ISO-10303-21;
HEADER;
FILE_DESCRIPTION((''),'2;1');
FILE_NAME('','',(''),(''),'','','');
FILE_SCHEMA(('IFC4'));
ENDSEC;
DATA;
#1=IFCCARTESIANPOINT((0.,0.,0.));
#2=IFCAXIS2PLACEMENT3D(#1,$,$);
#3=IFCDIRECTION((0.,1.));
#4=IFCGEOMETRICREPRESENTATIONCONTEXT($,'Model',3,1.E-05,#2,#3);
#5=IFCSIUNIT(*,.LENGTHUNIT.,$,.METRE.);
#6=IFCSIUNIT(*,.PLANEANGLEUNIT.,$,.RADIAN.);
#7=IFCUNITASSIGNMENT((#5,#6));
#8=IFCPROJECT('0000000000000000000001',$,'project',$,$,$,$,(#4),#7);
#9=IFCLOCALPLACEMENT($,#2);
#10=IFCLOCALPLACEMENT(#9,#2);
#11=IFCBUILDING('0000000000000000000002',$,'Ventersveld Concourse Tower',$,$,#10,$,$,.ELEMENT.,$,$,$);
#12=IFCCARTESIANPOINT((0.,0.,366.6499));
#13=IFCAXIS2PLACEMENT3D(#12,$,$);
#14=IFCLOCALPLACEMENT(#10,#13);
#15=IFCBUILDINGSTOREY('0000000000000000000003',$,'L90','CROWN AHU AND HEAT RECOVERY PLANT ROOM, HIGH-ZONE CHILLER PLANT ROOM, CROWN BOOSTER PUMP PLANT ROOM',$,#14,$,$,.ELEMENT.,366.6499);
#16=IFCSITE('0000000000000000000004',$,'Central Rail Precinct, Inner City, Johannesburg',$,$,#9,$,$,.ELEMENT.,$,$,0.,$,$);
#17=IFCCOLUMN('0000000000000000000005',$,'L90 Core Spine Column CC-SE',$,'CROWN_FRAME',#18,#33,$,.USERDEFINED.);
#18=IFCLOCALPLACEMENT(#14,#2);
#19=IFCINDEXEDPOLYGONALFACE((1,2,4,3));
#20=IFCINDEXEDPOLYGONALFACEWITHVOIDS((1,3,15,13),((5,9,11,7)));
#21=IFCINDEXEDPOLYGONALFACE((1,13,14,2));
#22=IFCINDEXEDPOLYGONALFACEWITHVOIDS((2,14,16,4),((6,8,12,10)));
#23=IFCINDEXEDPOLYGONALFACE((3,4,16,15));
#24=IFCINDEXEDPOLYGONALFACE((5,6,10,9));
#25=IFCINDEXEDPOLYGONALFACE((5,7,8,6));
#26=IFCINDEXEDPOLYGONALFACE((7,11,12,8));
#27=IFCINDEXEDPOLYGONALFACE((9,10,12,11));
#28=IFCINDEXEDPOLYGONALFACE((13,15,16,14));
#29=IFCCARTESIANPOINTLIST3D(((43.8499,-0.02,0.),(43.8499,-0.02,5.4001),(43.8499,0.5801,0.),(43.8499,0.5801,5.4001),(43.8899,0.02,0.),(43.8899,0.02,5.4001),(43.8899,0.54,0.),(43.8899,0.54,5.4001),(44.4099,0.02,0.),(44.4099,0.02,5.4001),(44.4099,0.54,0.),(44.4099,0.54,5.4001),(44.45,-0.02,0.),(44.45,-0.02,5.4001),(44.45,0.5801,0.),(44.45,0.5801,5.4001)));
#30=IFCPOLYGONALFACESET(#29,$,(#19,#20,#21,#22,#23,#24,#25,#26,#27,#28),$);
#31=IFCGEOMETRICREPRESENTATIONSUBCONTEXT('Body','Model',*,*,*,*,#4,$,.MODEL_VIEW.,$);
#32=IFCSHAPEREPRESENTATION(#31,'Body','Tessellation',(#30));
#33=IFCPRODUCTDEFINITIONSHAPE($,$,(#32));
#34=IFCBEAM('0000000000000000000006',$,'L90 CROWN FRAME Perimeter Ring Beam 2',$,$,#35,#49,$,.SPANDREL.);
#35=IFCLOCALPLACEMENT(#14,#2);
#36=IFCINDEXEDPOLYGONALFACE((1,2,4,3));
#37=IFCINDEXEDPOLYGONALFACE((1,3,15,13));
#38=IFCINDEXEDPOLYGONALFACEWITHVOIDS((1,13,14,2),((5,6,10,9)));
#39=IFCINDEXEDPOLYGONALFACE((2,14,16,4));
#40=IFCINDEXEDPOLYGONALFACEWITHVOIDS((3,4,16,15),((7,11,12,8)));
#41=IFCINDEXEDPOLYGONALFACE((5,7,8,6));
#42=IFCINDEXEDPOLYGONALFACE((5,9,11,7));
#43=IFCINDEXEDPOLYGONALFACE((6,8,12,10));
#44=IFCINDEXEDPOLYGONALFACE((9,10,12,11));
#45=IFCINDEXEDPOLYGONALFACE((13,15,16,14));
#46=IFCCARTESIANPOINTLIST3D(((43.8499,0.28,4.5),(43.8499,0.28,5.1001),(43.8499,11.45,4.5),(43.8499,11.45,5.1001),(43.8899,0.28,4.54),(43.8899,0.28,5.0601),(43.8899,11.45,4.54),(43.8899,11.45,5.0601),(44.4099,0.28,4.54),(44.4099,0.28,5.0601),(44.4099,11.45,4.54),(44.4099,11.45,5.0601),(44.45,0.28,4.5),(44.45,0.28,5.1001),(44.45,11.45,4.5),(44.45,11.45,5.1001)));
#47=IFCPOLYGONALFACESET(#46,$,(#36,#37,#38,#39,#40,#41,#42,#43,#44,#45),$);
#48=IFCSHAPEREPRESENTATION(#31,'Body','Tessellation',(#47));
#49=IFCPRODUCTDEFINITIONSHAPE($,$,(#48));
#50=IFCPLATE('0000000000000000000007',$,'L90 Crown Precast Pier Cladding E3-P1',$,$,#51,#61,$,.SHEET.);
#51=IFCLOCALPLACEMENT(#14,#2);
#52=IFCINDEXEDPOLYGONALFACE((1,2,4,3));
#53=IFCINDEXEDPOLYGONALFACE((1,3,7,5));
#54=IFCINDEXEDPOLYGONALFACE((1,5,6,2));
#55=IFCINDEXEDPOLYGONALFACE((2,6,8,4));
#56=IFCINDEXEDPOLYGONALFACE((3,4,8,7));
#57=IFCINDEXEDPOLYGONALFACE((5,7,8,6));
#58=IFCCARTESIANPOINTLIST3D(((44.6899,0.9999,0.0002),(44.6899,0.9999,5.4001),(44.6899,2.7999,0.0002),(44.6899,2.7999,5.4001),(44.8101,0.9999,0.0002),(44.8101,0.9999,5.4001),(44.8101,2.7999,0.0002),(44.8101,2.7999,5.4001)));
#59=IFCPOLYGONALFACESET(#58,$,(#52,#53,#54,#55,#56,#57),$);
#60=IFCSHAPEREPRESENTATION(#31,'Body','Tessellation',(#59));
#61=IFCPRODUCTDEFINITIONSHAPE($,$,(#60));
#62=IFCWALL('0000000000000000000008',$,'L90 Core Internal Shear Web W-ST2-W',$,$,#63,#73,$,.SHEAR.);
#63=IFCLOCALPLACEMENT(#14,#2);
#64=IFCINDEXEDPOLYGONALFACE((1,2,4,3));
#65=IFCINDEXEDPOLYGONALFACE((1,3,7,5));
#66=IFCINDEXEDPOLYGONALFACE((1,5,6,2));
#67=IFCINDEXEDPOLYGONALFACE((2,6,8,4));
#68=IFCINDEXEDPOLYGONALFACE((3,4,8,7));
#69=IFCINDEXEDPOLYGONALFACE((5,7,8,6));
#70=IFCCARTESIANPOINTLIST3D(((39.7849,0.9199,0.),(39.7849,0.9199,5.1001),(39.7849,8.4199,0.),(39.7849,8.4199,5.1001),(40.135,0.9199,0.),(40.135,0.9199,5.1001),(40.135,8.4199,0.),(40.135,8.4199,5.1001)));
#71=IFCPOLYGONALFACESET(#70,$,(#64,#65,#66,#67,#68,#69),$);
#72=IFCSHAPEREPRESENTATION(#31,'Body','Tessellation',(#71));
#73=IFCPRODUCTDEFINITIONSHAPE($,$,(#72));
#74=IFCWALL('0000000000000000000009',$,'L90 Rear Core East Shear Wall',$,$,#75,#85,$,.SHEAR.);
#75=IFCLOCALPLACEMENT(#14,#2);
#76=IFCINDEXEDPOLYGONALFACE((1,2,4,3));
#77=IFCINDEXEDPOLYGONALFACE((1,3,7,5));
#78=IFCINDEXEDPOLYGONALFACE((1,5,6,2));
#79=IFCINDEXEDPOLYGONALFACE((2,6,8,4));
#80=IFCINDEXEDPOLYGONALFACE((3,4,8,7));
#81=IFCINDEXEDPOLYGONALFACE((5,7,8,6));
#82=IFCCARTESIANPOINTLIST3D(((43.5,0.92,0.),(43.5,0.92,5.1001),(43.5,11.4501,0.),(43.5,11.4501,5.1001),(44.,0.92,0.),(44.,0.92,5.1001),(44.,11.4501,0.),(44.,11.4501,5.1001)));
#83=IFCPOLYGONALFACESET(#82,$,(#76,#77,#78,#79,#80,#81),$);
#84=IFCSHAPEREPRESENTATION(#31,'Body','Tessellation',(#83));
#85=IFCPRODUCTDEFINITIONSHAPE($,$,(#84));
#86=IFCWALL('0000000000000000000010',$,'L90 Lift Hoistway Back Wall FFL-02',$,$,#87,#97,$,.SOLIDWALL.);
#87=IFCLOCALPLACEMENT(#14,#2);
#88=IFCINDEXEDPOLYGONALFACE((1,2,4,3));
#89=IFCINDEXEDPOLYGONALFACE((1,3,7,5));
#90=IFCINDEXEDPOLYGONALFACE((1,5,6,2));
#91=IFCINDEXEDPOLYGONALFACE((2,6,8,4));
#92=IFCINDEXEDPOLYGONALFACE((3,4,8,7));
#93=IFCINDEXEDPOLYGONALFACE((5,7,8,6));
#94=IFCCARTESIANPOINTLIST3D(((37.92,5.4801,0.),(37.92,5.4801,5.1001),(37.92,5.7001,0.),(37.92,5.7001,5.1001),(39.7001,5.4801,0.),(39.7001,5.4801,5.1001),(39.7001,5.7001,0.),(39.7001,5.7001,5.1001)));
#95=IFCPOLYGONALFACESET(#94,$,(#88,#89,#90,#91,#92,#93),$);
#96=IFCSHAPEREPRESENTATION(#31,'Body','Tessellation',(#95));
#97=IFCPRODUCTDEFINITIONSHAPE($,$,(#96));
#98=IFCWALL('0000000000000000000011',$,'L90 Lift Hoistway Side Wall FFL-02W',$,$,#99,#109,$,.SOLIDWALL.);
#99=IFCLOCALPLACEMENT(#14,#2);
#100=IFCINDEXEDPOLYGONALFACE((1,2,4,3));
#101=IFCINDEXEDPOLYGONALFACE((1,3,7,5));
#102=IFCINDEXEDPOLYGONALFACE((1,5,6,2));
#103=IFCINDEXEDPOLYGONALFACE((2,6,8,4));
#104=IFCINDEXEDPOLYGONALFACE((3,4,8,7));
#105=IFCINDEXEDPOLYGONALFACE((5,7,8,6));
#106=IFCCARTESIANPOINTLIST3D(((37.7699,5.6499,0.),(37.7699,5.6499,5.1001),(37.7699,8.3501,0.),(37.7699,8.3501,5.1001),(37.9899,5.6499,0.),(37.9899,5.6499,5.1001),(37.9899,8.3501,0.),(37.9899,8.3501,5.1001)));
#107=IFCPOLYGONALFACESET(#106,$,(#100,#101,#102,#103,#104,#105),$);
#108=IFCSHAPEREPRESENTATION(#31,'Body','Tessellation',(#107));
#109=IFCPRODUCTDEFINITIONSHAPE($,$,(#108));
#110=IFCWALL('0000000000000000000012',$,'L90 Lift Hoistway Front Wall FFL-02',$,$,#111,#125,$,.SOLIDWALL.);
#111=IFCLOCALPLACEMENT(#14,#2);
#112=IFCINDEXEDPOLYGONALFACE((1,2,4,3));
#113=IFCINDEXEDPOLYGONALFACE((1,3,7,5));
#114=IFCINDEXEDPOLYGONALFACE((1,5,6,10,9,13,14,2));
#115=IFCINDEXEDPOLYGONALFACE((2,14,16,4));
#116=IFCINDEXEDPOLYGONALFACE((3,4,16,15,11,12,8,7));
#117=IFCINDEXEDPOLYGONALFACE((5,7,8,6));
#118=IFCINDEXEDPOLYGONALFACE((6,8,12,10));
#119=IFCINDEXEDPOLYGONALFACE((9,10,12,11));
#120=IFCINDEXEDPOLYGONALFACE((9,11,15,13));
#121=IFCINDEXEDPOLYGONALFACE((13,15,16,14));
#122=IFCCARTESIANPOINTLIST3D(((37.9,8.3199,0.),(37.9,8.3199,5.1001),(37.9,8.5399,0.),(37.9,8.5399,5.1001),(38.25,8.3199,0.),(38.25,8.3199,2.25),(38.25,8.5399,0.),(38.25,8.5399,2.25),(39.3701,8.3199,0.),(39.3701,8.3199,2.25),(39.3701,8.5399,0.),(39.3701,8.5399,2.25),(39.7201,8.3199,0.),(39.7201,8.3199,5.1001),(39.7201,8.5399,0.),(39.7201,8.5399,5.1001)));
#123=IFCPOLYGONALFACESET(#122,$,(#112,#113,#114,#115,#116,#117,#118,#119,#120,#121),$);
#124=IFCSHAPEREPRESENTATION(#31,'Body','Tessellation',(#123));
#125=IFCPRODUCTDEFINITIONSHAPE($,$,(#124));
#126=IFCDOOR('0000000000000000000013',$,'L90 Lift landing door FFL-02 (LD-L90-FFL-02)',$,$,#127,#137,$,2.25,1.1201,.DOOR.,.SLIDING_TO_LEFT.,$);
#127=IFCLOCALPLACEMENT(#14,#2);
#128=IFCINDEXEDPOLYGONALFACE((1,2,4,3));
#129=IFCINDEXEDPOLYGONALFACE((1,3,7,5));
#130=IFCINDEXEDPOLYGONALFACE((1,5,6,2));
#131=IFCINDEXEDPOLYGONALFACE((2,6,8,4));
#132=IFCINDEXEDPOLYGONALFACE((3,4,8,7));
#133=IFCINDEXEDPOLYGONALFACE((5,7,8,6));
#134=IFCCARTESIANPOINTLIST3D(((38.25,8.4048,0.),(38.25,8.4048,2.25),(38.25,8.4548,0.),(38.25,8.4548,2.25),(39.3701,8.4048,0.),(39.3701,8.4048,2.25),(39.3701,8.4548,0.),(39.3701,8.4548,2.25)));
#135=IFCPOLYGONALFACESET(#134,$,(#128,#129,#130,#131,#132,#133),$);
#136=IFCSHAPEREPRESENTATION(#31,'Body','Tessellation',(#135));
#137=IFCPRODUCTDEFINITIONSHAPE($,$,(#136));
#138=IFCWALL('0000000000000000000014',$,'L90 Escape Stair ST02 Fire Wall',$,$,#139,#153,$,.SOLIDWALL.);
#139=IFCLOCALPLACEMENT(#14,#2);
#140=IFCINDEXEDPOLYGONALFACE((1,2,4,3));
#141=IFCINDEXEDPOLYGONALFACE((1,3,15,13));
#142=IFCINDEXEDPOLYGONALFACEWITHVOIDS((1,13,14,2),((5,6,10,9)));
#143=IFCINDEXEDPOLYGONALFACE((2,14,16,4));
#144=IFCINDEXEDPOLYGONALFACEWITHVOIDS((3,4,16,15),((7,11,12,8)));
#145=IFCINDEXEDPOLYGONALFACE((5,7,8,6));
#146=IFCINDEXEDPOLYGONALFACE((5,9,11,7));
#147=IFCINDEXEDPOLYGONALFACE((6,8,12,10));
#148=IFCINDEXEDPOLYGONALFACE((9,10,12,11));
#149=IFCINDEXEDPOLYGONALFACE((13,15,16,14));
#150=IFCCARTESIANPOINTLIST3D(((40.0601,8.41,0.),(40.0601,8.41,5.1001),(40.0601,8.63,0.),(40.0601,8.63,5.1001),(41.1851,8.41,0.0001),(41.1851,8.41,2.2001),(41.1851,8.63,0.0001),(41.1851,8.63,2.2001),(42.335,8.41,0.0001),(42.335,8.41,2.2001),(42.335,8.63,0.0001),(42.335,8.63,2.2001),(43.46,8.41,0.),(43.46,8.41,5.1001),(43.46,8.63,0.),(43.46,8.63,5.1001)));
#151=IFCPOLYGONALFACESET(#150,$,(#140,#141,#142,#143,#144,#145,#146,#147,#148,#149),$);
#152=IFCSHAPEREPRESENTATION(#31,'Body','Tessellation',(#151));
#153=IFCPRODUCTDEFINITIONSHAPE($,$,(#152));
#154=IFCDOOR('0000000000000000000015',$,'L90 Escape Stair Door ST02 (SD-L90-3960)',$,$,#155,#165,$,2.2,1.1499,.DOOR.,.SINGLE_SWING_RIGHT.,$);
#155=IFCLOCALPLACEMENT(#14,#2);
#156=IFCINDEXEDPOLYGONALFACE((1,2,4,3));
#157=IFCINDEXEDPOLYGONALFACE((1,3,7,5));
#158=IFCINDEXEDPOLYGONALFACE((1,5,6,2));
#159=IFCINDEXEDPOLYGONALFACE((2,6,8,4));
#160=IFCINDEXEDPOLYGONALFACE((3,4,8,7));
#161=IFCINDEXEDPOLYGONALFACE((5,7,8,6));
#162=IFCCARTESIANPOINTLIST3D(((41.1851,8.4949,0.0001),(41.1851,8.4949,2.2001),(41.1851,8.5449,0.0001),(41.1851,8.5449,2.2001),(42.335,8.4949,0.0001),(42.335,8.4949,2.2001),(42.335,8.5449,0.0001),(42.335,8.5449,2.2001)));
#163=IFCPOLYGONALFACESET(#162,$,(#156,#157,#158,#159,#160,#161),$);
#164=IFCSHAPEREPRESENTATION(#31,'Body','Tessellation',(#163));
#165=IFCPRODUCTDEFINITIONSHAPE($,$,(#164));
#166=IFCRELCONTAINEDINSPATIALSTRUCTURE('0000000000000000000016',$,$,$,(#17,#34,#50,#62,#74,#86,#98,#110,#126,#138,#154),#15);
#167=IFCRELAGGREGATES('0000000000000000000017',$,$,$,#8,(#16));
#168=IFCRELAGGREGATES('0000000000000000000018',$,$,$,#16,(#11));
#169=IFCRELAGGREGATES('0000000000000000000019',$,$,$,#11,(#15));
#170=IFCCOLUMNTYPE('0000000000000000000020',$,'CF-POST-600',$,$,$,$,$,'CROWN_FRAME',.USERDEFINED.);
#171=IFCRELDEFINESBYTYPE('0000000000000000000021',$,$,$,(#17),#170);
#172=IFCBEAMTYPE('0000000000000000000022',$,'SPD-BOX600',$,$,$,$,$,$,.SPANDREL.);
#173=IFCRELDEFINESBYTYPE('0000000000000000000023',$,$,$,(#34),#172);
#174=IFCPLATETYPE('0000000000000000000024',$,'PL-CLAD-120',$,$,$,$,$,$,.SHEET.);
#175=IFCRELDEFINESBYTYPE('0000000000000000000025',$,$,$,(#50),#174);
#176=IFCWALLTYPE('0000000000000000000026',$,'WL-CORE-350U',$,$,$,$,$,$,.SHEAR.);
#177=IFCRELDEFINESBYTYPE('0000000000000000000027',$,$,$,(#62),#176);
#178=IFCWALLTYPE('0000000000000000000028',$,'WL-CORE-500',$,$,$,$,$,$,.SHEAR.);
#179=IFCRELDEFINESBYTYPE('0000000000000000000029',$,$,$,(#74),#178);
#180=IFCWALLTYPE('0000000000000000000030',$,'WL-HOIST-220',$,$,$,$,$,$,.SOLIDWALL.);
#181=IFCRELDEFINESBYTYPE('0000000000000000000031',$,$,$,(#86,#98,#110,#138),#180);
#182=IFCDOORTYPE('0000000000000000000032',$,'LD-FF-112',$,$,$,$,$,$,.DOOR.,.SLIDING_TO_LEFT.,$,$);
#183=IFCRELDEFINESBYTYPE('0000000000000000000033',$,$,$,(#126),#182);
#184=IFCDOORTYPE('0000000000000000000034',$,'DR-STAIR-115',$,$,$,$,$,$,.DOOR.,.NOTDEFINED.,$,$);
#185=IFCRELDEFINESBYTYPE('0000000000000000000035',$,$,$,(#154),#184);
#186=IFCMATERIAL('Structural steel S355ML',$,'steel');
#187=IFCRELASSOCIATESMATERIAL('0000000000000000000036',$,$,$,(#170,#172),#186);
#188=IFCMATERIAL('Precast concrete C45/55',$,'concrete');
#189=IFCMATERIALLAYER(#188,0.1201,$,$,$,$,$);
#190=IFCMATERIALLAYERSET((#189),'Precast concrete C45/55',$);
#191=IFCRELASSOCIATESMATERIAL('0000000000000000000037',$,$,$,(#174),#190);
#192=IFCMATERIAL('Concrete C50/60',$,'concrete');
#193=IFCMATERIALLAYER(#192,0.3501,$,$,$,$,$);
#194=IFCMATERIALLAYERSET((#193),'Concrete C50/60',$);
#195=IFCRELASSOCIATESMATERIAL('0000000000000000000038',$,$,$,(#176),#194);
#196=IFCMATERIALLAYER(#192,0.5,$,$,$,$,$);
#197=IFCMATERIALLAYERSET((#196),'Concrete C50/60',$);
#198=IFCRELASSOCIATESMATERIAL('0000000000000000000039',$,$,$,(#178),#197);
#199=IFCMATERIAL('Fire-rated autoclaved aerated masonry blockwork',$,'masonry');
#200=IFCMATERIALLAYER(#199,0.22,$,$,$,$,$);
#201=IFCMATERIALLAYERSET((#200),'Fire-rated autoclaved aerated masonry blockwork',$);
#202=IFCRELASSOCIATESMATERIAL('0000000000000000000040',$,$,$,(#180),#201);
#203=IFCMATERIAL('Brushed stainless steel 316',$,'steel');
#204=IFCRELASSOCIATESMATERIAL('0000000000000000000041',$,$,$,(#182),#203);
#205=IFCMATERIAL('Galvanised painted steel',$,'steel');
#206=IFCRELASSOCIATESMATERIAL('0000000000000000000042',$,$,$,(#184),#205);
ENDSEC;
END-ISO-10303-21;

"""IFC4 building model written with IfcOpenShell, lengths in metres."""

from ifc_helpers import new_model, si_unit, direction, frame, frame_2d, origin, origin_2d, place, context, subcontext, project, spatial, rectangle, hollow_rectangle, extrude, material, layer, layer_set, material_profile, profile_set, type_object, element, fill, save


model = new_model("IFC4")

# Units and contexts
model_context = context("Model", 3, precision=1e-05, world=origin(), true_north=direction((0.0, 1.0)))
body_context = subcontext(model_context, "Body", "Model", "MODEL_VIEW")
ifc_project = project(units=[si_unit("LENGTHUNIT", "METRE"), si_unit("PLANEANGLEUNIT", "RADIAN")], contexts=[model_context])

# Site, building, storey
site_placement = place(None, origin())
site = spatial("IfcSite", under=ifc_project, at=site_placement, Name="Central Rail Precinct, Inner City, Johannesburg", CompositionType="ELEMENT", RefElevation=0.0)
building_placement = place(site_placement, origin())
building = spatial("IfcBuilding", under=site, at=building_placement, Name="Ventersveld Concourse Tower", CompositionType="ELEMENT")
storey_placement = place(building_placement, frame((0.0, 0.0, 366.6499)))
storey = spatial("IfcBuildingStorey", under=building, at=storey_placement, Name="L90", Description="CROWN AHU AND HEAT RECOVERY PLANT ROOM, HIGH-ZONE CHILLER PLANT ROOM, CROWN BOOSTER PUMP PLANT ROOM", CompositionType="ELEMENT", Elevation=366.6499)

# Column
ifc_material_1 = material(Name="Structural steel S355ML", Category="steel")
ifc_material_profile_1 = material_profile(ifc_material_1, hollow_rectangle(XDim=0.6001, YDim=0.6001, WallThickness=0.04, at=origin_2d()), Name="BOX 600x600x40")
ifc_profile_set_1 = profile_set([ifc_material_profile_1], Name="Structural steel S355ML")
column_type = type_object("IfcColumnType", Name="CF-POST-600", ElementType="CROWN_FRAME", PredefinedType="USERDEFINED", material=ifc_profile_set_1)
column_placement = place(storey_placement, frame((44.1499, 0.28, 0.0), z_axis=(0.0, 0.0, 1.0), x_axis=(1.0, 0.0, 0.0)))
element("IfcColumn", 1, at=column_placement, inside=storey, type_object=column_type, Name="L90 Core Spine Column CC-SE", ObjectType="CROWN_FRAME", PredefinedType="USERDEFINED", context=body_context, shape_type="SweptSolid", body=[
    extrude(hollow_rectangle(XDim=0.6001, YDim=0.6001, WallThickness=0.04, at=origin_2d()), origin(), (0.0, 0.0, 1.0), 5.4001),
])

# Beam
ifc_material_profile_2 = material_profile(ifc_material_1, hollow_rectangle(XDim=0.6001, YDim=0.6001, WallThickness=0.04, at=origin_2d()), Name="BOX 600x600x40")
ifc_profile_set_2 = profile_set([ifc_material_profile_2], Name="Structural steel S355ML")
beam_type = type_object("IfcBeamType", Name="SPD-BOX600", PredefinedType="SPANDREL", material=ifc_profile_set_2)
beam_placement = place(storey_placement, frame((44.1499, 0.28, 4.8), z_axis=(0.0, 1.0, 0.0), x_axis=(-1.0, 0.0, 0.0)))
element("IfcBeam", 2, at=beam_placement, inside=storey, type_object=beam_type, Name="L90 CROWN FRAME Perimeter Ring Beam 2", PredefinedType="SPANDREL", context=body_context, shape_type="SweptSolid", body=[
    extrude(hollow_rectangle(XDim=0.6001, YDim=0.6001, WallThickness=0.04, at=origin_2d()), origin(), (0.0, 0.0, 1.0), 11.1699),
])

# Plate
ifc_material_2 = material(Name="Precast concrete C45/55", Category="concrete")
ifc_layer_1 = layer(ifc_material_2, 0.1201)
ifc_layer_set_1 = layer_set([ifc_layer_1], Name="Precast concrete C45/55")
plate_type = type_object("IfcPlateType", Name="PL-CLAD-120", PredefinedType="SHEET", material=ifc_layer_set_1)
plate_placement = place(storey_placement, frame((44.75, 1.8999, 0.0002), z_axis=(0.0, 0.0, 1.0), x_axis=(0.0, 1.0, 0.0)))
element("IfcPlate", 3, at=plate_placement, inside=storey, type_object=plate_type, Name="L90 Crown Precast Pier Cladding E3-P1", PredefinedType="SHEET", context=body_context, shape_type="SweptSolid", body=[
    extrude(rectangle(XDim=1.8, YDim=0.1201, at=origin_2d()), origin(), (0.0, 0.0, 1.0), 5.3999),
])

# Walls
ifc_material_3 = material(Name="Concrete C50/60", Category="concrete")
ifc_layer_2 = layer(ifc_material_3, 0.3501)
ifc_layer_set_2 = layer_set([ifc_layer_2], Name="Concrete C50/60")
wall_type_1 = type_object("IfcWallType", Name="WL-CORE-350U", PredefinedType="SHEAR", material=ifc_layer_set_2)
wall_1_placement = place(storey_placement, frame((39.96, 0.9199, 0.0), z_axis=(0.0, 0.0, 1.0), x_axis=(0.0, 1.0, 0.0)))
element("IfcWall", 4, at=wall_1_placement, inside=storey, type_object=wall_type_1, Name="L90 Core Internal Shear Web W-ST2-W", PredefinedType="SHEAR", context=body_context, shape_type="SweptSolid", body=[
    extrude(rectangle(XDim=7.5, YDim=0.3501, at=frame_2d((3.75, 0.0))), origin(), (0.0, 0.0, 1.0), 5.1001),
])
ifc_layer_3 = layer(ifc_material_3, 0.5)
ifc_layer_set_3 = layer_set([ifc_layer_3], Name="Concrete C50/60")
wall_type_2 = type_object("IfcWallType", Name="WL-CORE-500", PredefinedType="SHEAR", material=ifc_layer_set_3)
wall_2_placement = place(storey_placement, frame((43.75, 0.9199, 0.0), z_axis=(0.0, 0.0, 1.0), x_axis=(0.0, 1.0, 0.0)))
element("IfcWall", 5, at=wall_2_placement, inside=storey, type_object=wall_type_2, Name="L90 Rear Core East Shear Wall", PredefinedType="SHEAR", context=body_context, shape_type="SweptSolid", body=[
    extrude(rectangle(XDim=10.53, YDim=0.5, at=frame_2d((5.2651, 0.0))), origin(), (0.0, 0.0, 1.0), 5.1001),
])
ifc_material_4 = material(Name="Fire-rated autoclaved aerated masonry blockwork", Category="masonry")
ifc_layer_4 = layer(ifc_material_4, 0.22)
ifc_layer_set_4 = layer_set([ifc_layer_4], Name="Fire-rated autoclaved aerated masonry blockwork")
wall_type_3 = type_object("IfcWallType", Name="WL-HOIST-220", PredefinedType="SOLIDWALL", material=ifc_layer_set_4)
wall_3_placement = place(storey_placement, frame((37.9199, 5.5901, 0.0), z_axis=(0.0, 0.0, 1.0), x_axis=(1.0, 0.0, 0.0)))
element("IfcWall", 6, at=wall_3_placement, inside=storey, type_object=wall_type_3, Name="L90 Lift Hoistway Back Wall FFL-02", PredefinedType="SOLIDWALL", context=body_context, shape_type="SweptSolid", body=[
    extrude(rectangle(XDim=1.78, YDim=0.22, at=frame_2d((0.8901, 0.0))), origin(), (0.0, 0.0, 1.0), 5.1001),
])
wall_4_placement = place(storey_placement, frame((37.8799, 5.6499, 0.0), z_axis=(0.0, 0.0, 1.0), x_axis=(0.0, 1.0, 0.0)))
element("IfcWall", 7, at=wall_4_placement, inside=storey, type_object=wall_type_3, Name="L90 Lift Hoistway Side Wall FFL-02W", PredefinedType="SOLIDWALL", context=body_context, shape_type="SweptSolid", body=[
    extrude(rectangle(XDim=2.7002, YDim=0.22, at=frame_2d((1.3501, 0.0))), origin(), (0.0, 0.0, 1.0), 5.1001),
])

# Walls, openings, doors
wall_5_placement = place(storey_placement, frame((37.8999, 8.4299, 0.0), z_axis=(0.0, 0.0, 1.0), x_axis=(1.0, 0.0, 0.0)))
wall_5 = element("IfcWall", 8, at=wall_5_placement, inside=storey, type_object=wall_type_3, Name="L90 Lift Hoistway Front Wall FFL-02", PredefinedType="SOLIDWALL", context=body_context, shape_type="SweptSolid", body=[
    extrude(rectangle(XDim=1.8201, YDim=0.22, at=frame_2d((0.9102, 0.0))), origin(), (0.0, 0.0, 1.0), 5.1001),
])
opening_1_placement = place(wall_5_placement, frame((0.3501, 0.0, 0.0)))
opening_1 = element("IfcOpeningElement", 9, at=opening_1_placement, cuts=wall_5, PredefinedType="OPENING", context=body_context, shape_type="SweptSolid", body=[
    extrude(rectangle(XDim=1.1201, YDim=2.25, at=frame_2d((0.5601, 1.125))), frame((0.0, 0.1201, 0.0), z_axis=(0.0, -1.0, 0.0), x_axis=(1.0, 0.0, 0.0)), (0.0, 0.0, 1.0), 0.24),
])
ifc_material_5 = material(Name="Brushed stainless steel 316", Category="steel")
door_type_1 = type_object("IfcDoorType", Name="LD-FF-112", OperationType="SLIDING_TO_LEFT", PredefinedType="DOOR", material=ifc_material_5)
door_1_placement = place(opening_1_placement, origin())
door_1 = element("IfcDoor", 10, at=door_1_placement, inside=storey, type_object=door_type_1, Name="L90 Lift landing door FFL-02 (LD-L90-FFL-02)", OperationType="SLIDING_TO_LEFT", OverallHeight=2.25, OverallWidth=1.1201, PredefinedType="DOOR", context=body_context, shape_type="SweptSolid", body=[
    extrude(rectangle(XDim=1.1201, YDim=2.25, at=frame_2d((0.5601, 1.125))), frame((0.0, 0.0249, 0.0), z_axis=(0.0, -1.0, 0.0), x_axis=(1.0, 0.0, 0.0)), (0.0, 0.0, 1.0), 0.05),
])
fill(opening_1, door_1)
wall_6_placement = place(storey_placement, frame((40.0601, 8.52, 0.0), z_axis=(0.0, 0.0, 1.0), x_axis=(1.0, 0.0, 0.0)))
wall_6 = element("IfcWall", 11, at=wall_6_placement, inside=storey, type_object=wall_type_3, Name="L90 Escape Stair ST02 Fire Wall", PredefinedType="SOLIDWALL", context=body_context, shape_type="SweptSolid", body=[
    extrude(rectangle(XDim=3.3999, YDim=0.22, at=frame_2d((1.7, 0.0))), origin(), (0.0, 0.0, 1.0), 5.1001),
])
opening_2_placement = place(wall_6_placement, frame((1.125, 0.0, 0.0)))
opening_2 = element("IfcOpeningElement", 12, at=opening_2_placement, cuts=wall_6, PredefinedType="OPENING", context=body_context, shape_type="SweptSolid", body=[
    extrude(rectangle(XDim=1.1499, YDim=2.2, at=frame_2d((0.575, 1.1001))), frame((0.0, 0.1201, 0.0), z_axis=(0.0, -1.0, 0.0), x_axis=(1.0, 0.0, 0.0)), (0.0, 0.0, 1.0), 0.24),
])
ifc_material_6 = material(Name="Galvanised painted steel", Category="steel")
door_type_2 = type_object("IfcDoorType", Name="DR-STAIR-115", OperationType="NOTDEFINED", PredefinedType="DOOR", material=ifc_material_6)
door_2_placement = place(opening_2_placement, origin())
door_2 = element("IfcDoor", 13, at=door_2_placement, inside=storey, type_object=door_type_2, Name="L90 Escape Stair Door ST02 (SD-L90-3960)", OperationType="SINGLE_SWING_RIGHT", OverallHeight=2.2, OverallWidth=1.1499, PredefinedType="DOOR", context=body_context, shape_type="SweptSolid", body=[
    extrude(rectangle(XDim=1.1499, YDim=2.2, at=frame_2d((0.575, 1.1001))), frame((0.0, 0.0249, 0.0), z_axis=(0.0, -1.0, 0.0), x_axis=(1.0, 0.0, 0.0)), (0.0, 0.0, 1.0), 0.05),
])
fill(opening_2, door_2)

save(model, "model.ifc")
